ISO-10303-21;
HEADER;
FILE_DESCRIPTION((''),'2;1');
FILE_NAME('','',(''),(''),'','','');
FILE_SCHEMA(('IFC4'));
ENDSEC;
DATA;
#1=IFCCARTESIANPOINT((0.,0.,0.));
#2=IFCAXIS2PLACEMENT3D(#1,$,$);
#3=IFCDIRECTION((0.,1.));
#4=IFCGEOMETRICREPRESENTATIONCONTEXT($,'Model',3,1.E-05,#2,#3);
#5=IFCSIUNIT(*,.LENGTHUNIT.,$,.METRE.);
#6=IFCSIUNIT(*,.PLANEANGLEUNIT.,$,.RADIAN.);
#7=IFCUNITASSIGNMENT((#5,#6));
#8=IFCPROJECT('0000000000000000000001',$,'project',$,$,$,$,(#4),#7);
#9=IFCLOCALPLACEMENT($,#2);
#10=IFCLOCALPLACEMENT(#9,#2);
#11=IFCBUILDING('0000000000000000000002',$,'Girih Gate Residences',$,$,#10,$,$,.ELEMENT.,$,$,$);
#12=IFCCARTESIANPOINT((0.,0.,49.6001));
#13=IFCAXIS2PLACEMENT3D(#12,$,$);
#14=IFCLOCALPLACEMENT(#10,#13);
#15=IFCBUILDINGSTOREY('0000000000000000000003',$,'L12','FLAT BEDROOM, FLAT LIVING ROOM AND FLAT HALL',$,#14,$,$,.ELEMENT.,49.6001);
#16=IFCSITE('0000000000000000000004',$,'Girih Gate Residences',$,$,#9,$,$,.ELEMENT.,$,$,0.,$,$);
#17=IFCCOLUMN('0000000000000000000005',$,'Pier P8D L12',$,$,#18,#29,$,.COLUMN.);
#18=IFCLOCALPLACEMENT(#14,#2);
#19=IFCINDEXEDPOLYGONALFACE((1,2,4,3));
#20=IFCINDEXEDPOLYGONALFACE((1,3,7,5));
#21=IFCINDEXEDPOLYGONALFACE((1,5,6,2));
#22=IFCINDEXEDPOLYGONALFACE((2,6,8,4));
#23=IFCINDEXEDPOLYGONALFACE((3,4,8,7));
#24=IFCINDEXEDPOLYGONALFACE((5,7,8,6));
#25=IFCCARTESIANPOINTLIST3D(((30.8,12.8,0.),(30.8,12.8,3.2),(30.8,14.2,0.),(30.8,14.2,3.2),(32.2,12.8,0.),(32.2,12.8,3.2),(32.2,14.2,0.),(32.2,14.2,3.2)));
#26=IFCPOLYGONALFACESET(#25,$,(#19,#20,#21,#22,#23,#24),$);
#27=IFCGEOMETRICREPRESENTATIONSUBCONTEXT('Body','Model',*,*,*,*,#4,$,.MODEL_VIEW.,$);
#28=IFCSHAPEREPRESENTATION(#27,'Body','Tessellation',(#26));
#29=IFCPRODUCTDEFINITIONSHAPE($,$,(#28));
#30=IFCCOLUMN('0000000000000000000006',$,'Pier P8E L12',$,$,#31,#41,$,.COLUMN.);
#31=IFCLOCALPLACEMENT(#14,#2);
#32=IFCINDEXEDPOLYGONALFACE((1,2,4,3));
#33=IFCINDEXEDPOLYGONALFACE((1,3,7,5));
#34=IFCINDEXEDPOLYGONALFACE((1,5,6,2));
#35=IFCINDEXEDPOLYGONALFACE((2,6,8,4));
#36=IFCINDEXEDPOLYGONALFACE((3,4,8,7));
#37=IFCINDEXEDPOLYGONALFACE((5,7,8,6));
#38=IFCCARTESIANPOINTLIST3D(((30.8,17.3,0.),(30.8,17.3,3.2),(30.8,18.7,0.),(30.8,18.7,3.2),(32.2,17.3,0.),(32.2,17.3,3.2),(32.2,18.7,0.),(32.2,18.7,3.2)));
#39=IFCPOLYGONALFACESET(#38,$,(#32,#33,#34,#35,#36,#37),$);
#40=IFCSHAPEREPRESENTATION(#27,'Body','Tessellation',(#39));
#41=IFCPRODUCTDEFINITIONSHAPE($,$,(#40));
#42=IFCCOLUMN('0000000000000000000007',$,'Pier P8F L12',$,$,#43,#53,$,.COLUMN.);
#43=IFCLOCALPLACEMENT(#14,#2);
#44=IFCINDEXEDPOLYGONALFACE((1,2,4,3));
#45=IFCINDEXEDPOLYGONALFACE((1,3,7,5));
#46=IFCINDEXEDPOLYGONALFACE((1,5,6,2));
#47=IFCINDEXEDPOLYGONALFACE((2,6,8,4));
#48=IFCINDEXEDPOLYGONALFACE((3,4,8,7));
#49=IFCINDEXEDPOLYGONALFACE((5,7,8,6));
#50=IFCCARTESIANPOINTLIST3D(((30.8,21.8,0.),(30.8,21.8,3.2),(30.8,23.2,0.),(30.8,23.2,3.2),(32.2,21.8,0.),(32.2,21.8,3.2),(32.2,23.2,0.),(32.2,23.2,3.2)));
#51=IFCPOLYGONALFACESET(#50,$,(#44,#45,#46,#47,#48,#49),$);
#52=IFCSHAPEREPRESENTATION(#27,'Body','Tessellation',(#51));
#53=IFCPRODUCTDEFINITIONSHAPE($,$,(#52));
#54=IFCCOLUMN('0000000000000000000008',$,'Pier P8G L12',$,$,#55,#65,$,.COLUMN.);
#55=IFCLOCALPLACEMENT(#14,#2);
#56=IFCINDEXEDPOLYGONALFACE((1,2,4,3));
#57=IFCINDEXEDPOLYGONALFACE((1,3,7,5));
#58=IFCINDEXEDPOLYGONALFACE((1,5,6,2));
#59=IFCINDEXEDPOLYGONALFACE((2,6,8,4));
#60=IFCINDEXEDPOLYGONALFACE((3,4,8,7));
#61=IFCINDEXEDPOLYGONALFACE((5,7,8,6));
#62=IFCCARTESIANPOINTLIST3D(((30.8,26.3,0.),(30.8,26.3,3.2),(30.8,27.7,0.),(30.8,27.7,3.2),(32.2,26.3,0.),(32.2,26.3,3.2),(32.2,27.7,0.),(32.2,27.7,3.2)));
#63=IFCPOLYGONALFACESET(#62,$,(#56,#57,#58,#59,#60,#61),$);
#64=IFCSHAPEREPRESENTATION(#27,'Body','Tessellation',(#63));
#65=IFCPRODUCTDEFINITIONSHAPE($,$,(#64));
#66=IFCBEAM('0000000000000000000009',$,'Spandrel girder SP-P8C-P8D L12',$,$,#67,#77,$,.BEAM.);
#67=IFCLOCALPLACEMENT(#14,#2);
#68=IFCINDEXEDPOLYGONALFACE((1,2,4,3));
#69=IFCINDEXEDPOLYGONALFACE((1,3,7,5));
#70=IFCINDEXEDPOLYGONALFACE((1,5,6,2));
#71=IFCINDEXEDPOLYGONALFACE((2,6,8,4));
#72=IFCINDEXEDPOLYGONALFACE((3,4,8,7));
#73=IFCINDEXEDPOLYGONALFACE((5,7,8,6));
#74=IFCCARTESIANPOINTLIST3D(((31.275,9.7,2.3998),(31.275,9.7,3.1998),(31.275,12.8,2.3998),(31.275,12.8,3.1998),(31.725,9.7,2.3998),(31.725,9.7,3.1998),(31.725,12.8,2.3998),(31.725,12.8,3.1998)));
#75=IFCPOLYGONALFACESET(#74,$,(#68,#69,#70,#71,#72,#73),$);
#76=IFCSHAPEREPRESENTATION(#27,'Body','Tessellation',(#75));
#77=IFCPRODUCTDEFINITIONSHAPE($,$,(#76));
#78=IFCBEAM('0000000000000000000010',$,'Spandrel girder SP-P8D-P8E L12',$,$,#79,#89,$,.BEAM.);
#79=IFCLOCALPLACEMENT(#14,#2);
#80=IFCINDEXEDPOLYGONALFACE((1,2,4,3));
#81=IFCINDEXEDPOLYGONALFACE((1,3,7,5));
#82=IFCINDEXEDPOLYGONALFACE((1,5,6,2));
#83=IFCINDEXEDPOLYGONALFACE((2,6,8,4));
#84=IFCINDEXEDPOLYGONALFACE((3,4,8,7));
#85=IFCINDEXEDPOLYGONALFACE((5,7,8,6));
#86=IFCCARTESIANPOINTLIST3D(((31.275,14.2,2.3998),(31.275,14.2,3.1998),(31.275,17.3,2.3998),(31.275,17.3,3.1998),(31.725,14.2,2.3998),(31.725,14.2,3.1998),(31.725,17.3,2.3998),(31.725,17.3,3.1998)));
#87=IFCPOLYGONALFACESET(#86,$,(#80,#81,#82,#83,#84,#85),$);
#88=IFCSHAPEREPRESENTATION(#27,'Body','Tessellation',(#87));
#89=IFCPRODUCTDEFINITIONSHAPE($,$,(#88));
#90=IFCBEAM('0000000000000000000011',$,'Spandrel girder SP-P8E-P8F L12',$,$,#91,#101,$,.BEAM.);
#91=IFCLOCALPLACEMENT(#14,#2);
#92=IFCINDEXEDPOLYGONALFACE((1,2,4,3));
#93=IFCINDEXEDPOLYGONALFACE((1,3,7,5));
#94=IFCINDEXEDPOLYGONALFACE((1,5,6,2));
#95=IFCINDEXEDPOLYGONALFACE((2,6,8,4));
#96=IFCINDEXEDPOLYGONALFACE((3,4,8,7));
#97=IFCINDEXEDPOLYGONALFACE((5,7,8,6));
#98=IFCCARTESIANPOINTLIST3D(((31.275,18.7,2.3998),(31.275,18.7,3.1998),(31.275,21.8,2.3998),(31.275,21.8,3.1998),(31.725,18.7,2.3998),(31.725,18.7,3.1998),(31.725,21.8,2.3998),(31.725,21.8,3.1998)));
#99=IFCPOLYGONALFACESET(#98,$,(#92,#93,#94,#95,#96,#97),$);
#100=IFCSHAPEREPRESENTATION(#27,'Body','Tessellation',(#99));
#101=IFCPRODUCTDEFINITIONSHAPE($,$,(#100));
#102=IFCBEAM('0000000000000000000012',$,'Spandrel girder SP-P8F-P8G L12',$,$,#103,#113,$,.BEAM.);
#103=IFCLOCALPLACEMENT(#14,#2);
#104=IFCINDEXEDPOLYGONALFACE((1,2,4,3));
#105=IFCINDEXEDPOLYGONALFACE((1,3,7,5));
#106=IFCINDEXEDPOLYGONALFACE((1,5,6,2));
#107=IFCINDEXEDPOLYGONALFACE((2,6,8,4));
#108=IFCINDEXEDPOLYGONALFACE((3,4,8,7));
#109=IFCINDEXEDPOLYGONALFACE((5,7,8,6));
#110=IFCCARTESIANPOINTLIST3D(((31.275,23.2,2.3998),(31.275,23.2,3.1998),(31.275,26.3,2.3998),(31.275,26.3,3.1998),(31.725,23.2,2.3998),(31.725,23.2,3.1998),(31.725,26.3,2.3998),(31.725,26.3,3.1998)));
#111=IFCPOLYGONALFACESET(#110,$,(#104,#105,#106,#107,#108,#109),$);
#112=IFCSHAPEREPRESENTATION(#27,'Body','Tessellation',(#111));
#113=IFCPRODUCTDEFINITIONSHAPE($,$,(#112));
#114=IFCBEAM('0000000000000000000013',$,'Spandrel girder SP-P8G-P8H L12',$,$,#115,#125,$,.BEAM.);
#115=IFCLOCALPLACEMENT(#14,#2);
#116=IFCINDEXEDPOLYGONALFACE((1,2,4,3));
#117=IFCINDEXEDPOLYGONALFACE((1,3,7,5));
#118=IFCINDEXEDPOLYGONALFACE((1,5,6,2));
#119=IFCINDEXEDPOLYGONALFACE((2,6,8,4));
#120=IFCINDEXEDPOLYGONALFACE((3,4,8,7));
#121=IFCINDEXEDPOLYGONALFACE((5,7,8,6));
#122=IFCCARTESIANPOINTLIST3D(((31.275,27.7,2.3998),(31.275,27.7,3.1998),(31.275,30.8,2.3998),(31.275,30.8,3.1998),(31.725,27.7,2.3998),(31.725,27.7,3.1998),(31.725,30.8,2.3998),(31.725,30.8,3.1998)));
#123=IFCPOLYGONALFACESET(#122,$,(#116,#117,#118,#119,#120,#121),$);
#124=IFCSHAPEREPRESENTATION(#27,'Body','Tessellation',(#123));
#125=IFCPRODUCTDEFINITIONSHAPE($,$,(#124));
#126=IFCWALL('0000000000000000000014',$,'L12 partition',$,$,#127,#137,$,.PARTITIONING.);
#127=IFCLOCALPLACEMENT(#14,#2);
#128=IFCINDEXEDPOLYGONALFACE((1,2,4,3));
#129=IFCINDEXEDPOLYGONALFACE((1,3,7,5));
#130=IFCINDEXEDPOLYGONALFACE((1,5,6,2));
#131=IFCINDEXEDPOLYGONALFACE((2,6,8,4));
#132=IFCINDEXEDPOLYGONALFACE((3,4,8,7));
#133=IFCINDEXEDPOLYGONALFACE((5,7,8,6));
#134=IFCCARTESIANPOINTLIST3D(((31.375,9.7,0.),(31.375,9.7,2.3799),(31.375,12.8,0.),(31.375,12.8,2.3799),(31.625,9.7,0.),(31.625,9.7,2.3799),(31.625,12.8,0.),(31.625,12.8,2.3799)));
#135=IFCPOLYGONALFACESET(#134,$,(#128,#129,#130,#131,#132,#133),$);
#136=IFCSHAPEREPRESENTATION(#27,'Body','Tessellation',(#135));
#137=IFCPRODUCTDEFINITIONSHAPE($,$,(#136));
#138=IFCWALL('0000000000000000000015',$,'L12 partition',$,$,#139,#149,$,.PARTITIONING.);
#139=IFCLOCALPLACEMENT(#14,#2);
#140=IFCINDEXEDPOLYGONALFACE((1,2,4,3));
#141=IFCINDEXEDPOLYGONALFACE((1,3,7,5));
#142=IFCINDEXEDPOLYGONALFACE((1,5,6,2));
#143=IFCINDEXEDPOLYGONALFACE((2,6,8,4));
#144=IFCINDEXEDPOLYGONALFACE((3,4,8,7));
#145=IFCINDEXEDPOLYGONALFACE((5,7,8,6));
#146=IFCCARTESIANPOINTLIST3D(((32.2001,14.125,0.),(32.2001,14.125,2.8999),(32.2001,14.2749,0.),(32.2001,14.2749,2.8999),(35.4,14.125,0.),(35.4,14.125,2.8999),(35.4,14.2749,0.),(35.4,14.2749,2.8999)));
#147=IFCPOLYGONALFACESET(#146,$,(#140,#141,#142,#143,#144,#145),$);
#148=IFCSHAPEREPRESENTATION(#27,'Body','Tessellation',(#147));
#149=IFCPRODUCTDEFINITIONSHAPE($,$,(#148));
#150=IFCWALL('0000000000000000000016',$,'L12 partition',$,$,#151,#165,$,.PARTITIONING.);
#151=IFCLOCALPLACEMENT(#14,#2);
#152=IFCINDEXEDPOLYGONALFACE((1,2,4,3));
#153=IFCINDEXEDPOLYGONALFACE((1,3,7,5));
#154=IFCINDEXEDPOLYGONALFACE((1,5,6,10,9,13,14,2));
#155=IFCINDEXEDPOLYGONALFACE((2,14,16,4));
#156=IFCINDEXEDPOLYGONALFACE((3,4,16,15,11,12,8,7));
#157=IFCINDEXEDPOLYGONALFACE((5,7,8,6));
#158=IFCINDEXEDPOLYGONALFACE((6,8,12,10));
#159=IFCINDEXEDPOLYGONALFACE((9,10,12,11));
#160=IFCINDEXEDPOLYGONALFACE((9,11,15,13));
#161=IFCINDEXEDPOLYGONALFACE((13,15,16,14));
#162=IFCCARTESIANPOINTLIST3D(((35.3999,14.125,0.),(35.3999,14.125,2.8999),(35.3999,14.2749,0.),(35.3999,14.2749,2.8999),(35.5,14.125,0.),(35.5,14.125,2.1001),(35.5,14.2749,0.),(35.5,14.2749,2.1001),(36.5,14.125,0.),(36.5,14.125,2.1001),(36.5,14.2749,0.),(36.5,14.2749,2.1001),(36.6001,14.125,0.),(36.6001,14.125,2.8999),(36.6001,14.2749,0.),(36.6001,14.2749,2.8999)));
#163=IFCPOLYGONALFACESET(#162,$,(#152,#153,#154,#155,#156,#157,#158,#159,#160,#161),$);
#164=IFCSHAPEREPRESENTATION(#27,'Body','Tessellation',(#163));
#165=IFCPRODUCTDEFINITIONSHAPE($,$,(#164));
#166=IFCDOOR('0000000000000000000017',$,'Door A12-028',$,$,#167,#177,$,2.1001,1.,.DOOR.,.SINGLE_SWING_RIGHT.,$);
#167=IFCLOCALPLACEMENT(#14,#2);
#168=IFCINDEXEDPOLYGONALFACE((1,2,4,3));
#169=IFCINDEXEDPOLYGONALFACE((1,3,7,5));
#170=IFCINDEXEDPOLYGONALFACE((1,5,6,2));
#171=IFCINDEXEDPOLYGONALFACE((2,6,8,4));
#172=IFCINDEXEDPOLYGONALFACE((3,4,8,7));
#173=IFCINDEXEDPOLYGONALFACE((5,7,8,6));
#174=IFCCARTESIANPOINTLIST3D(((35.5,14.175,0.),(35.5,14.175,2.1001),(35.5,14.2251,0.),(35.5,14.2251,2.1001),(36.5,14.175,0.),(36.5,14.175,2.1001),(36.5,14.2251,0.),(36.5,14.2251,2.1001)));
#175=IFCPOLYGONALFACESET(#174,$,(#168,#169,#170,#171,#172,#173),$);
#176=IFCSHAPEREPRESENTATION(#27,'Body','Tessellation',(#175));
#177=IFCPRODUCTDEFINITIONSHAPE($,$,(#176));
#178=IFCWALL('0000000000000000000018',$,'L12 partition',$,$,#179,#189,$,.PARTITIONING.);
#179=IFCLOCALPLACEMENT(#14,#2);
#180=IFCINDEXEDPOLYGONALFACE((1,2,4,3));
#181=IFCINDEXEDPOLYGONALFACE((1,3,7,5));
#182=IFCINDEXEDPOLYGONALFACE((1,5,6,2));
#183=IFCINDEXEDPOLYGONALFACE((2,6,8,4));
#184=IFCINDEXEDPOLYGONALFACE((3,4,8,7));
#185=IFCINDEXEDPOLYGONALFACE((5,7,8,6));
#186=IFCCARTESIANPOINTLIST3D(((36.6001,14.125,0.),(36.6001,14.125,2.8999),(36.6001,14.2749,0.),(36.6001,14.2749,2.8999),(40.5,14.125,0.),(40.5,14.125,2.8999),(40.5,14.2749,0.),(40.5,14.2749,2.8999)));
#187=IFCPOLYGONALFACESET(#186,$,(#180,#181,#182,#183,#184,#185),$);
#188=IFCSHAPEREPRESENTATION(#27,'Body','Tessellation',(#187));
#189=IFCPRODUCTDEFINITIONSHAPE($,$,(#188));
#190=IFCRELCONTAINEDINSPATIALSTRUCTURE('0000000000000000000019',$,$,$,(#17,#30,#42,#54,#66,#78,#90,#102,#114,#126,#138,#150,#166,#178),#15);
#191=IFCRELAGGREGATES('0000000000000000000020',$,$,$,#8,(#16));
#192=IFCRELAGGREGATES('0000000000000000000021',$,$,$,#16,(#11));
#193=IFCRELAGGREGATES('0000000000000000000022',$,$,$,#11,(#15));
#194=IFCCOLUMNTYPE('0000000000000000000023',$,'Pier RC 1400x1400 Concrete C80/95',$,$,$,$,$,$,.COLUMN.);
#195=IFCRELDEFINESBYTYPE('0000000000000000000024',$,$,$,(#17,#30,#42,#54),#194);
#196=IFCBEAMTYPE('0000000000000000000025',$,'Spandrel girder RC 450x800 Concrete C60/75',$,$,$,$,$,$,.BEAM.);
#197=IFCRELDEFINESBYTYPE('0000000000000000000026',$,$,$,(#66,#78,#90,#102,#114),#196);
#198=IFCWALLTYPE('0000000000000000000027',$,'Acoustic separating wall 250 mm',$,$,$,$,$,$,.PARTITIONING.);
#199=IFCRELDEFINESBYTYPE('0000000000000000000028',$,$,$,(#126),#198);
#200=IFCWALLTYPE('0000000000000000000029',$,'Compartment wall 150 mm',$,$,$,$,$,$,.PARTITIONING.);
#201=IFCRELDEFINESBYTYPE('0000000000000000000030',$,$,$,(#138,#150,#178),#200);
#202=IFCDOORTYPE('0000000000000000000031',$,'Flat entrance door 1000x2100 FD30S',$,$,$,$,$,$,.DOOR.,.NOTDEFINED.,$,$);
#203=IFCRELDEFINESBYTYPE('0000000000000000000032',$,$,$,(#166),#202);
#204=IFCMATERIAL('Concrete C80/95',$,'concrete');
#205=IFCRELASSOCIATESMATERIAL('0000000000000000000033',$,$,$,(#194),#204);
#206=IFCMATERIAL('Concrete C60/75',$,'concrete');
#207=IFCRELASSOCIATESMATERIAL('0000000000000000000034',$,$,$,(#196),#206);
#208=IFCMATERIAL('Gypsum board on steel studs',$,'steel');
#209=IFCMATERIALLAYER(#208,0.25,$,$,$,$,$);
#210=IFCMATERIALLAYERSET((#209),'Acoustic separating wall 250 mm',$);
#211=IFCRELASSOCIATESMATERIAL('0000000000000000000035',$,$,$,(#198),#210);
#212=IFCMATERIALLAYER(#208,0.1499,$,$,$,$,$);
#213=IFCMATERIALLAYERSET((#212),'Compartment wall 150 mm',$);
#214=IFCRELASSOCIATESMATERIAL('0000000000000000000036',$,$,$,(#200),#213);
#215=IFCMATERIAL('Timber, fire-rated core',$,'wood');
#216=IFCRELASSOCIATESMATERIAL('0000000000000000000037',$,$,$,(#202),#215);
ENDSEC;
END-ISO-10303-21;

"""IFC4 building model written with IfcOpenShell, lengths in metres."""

from ifc_helpers import new_model, si_unit, direction, frame, frame_2d, origin, origin_2d, place, context, subcontext, project, spatial, rectangle, extrude, material, layer, layer_set, material_profile, profile_set, type_object, element, fill, save


model = new_model("IFC4")

# Units and contexts
model_context = context("Model", 3, precision=1e-05, world=origin(), true_north=direction((0.0, 1.0)))
body_context = subcontext(model_context, "Body", "Model", "MODEL_VIEW")
ifc_project = project(units=[si_unit("LENGTHUNIT", "METRE"), si_unit("PLANEANGLEUNIT", "RADIAN")], contexts=[model_context])

# Site, building, storey
site_placement = place(None, origin())
site = spatial("IfcSite", under=ifc_project, at=site_placement, Name="Girih Gate Residences", CompositionType="ELEMENT", RefElevation=0.0)
building_placement = place(site_placement, origin())
building = spatial("IfcBuilding", under=site, at=building_placement, Name="Girih Gate Residences", CompositionType="ELEMENT")
storey_placement = place(building_placement, frame((0.0, 0.0, 49.6001)))
storey = spatial("IfcBuildingStorey", under=building, at=storey_placement, Name="L12", Description="FLAT BEDROOM, FLAT LIVING ROOM AND FLAT HALL", CompositionType="ELEMENT", Elevation=49.6001)

# Columns
ifc_material_1 = material(Name="Concrete C80/95", Category="concrete")
ifc_material_profile_1 = material_profile(ifc_material_1, rectangle(XDim=1.3999, YDim=1.3999, at=origin_2d()))
ifc_profile_set_1 = profile_set([ifc_material_profile_1], Name="Concrete C80/95")
column_type = type_object("IfcColumnType", Name="Pier RC 1400x1400 Concrete C80/95", PredefinedType="COLUMN", material=ifc_profile_set_1)
for number, where, z_axis, x_axis, name in (
    (1, (31.5, 13.5, 0.0), (0.0, 0.0, 1.0), (1.0, 0.0, 0.0), "Pier P8D L12"),
    (2, (31.5, 18.0, 0.0), (0.0, 0.0, 1.0), (1.0, 0.0, 0.0), "Pier P8E L12"),
    (3, (31.5, 22.5, 0.0), (0.0, 0.0, 1.0), (1.0, 0.0, 0.0), "Pier P8F L12"),
    (4, (31.5, 27.0, 0.0), (0.0, 0.0, 1.0), (1.0, 0.0, 0.0), "Pier P8G L12"),
):
    element("IfcColumn", number, at=place(storey_placement, frame(where, z_axis=z_axis, x_axis=x_axis)), inside=storey, type_object=column_type, Name=name, PredefinedType="COLUMN", context=body_context, shape_type="SweptSolid", body=[
        extrude(rectangle(XDim=1.3999, YDim=1.3999, at=origin_2d()), origin(), (0.0, 0.0, 1.0), 3.2),
    ])

# Beams
ifc_material_2 = material(Name="Concrete C60/75", Category="concrete")
ifc_material_profile_2 = material_profile(ifc_material_2, rectangle(XDim=0.45, YDim=0.8, at=origin_2d()))
ifc_profile_set_2 = profile_set([ifc_material_profile_2], Name="Concrete C60/75")
beam_type = type_object("IfcBeamType", Name="Spandrel girder RC 450x800 Concrete C60/75", PredefinedType="BEAM", material=ifc_profile_set_2)
for number, where, z_axis, x_axis, name in (
    (5, (31.5, 9.7, 2.7998), (0.0, 1.0, 0.0), (-1.0, 0.0, 0.0), "Spandrel girder SP-P8C-P8D L12"),
    (6, (31.5, 14.2, 2.7998), (0.0, 1.0, 0.0), (-1.0, 0.0, 0.0), "Spandrel girder SP-P8D-P8E L12"),
    (7, (31.5, 18.7, 2.7998), (0.0, 1.0, 0.0), (-1.0, 0.0, 0.0), "Spandrel girder SP-P8E-P8F L12"),
    (8, (31.5, 23.2, 2.7998), (0.0, 1.0, 0.0), (-1.0, 0.0, 0.0), "Spandrel girder SP-P8F-P8G L12"),
    (9, (31.5, 27.7, 2.7998), (0.0, 1.0, 0.0), (-1.0, 0.0, 0.0), "Spandrel girder SP-P8G-P8H L12"),
):
    element("IfcBeam", number, at=place(storey_placement, frame(where, z_axis=z_axis, x_axis=x_axis)), inside=storey, type_object=beam_type, Name=name, PredefinedType="BEAM", context=body_context, shape_type="SweptSolid", body=[
        extrude(rectangle(XDim=0.45, YDim=0.8, at=origin_2d()), origin(), (0.0, 0.0, 1.0), 3.1001),
    ])

# Walls
ifc_material_3 = material(Name="Gypsum board on steel studs", Category="steel")
ifc_layer_1 = layer(ifc_material_3, 0.25)
ifc_layer_set_1 = layer_set([ifc_layer_1], Name="Acoustic separating wall 250 mm")
wall_type_1 = type_object("IfcWallType", Name="Acoustic separating wall 250 mm", PredefinedType="PARTITIONING", material=ifc_layer_set_1)
wall_1_placement = place(storey_placement, frame((31.5, 9.7, 0.0), z_axis=(0.0, 0.0, 1.0), x_axis=(0.0, 1.0, 0.0)))
element("IfcWall", 10, at=wall_1_placement, inside=storey, type_object=wall_type_1, Name="L12 partition", PredefinedType="PARTITIONING", context=body_context, shape_type="SweptSolid", body=[
    extrude(rectangle(XDim=3.1001, YDim=0.25, at=frame_2d((1.55, 0.0))), origin(), (0.0, 0.0, 1.0), 2.3799),
])
ifc_layer_2 = layer(ifc_material_3, 0.1499)
ifc_layer_set_2 = layer_set([ifc_layer_2], Name="Compartment wall 150 mm")
wall_type_2 = type_object("IfcWallType", Name="Compartment wall 150 mm", PredefinedType="PARTITIONING", material=ifc_layer_set_2)
wall_2_placement = place(storey_placement, frame((32.2, 14.2, 0.0), z_axis=(0.0, 0.0, 1.0), x_axis=(1.0, 0.0, 0.0)))
element("IfcWall", 11, at=wall_2_placement, inside=storey, type_object=wall_type_2, Name="L12 partition", PredefinedType="PARTITIONING", context=body_context, shape_type="SweptSolid", body=[
    extrude(rectangle(XDim=3.2, YDim=0.1499, at=frame_2d((1.6001, 0.0))), origin(), (0.0, 0.0, 1.0), 2.8999),
])

# Wall, opening, door
wall_3_placement = place(storey_placement, frame((36.6001, 14.2, 0.0), z_axis=(0.0, 0.0, 1.0), x_axis=(-1.0, 0.0, 0.0)))
wall_3 = element("IfcWall", 12, at=wall_3_placement, inside=storey, type_object=wall_type_2, Name="L12 partition", PredefinedType="PARTITIONING", context=body_context, shape_type="SweptSolid", body=[
    extrude(rectangle(XDim=1.2002, YDim=0.1499, at=frame_2d((0.6001, 0.0))), origin(), (0.0, 0.0, 1.0), 2.8999),
])
opening_1_placement = place(wall_3_placement, frame((0.1001, 0.0, 0.0)))
opening_1 = element("IfcOpeningElement", 13, at=opening_1_placement, cuts=wall_3, PredefinedType="OPENING", context=body_context, shape_type="SweptSolid", body=[
    extrude(rectangle(XDim=1.0, YDim=2.1001, at=frame_2d((0.5, 1.05))), frame((0.0, 0.085, 0.0), z_axis=(0.0, -1.0, 0.0), x_axis=(1.0, 0.0, 0.0)), (0.0, 0.0, 1.0), 0.1699),
])
ifc_material_4 = material(Name="Timber, fire-rated core", Category="wood")
door_type_1 = type_object("IfcDoorType", Name="Flat entrance door 1000x2100 FD30S", OperationType="NOTDEFINED", PredefinedType="DOOR", material=ifc_material_4)
door_1_placement = place(opening_1_placement, origin())
door_1 = element("IfcDoor", 14, at=door_1_placement, inside=storey, type_object=door_type_1, Name="Door A12-028", OperationType="SINGLE_SWING_RIGHT", OverallHeight=2.1001, OverallWidth=1.0, PredefinedType="DOOR", context=body_context, shape_type="SweptSolid", body=[
    extrude(rectangle(XDim=1.0, YDim=2.1001, at=frame_2d((0.5, 1.05))), frame((0.0, 0.0249, 0.0), z_axis=(0.0, -1.0, 0.0), x_axis=(1.0, 0.0, 0.0)), (0.0, 0.0, 1.0), 0.05),
])
fill(opening_1, door_1)

# Wall
wall_4_placement = place(storey_placement, frame((36.6001, 14.2, 0.0), z_axis=(0.0, 0.0, 1.0), x_axis=(1.0, 0.0, 0.0)))
element("IfcWall", 15, at=wall_4_placement, inside=storey, type_object=wall_type_2, Name="L12 partition", PredefinedType="PARTITIONING", context=body_context, shape_type="SweptSolid", body=[
    extrude(rectangle(XDim=3.8999, YDim=0.1499, at=frame_2d((1.95, 0.0))), origin(), (0.0, 0.0, 1.0), 2.8999),
])

save(model, "model.ifc")
